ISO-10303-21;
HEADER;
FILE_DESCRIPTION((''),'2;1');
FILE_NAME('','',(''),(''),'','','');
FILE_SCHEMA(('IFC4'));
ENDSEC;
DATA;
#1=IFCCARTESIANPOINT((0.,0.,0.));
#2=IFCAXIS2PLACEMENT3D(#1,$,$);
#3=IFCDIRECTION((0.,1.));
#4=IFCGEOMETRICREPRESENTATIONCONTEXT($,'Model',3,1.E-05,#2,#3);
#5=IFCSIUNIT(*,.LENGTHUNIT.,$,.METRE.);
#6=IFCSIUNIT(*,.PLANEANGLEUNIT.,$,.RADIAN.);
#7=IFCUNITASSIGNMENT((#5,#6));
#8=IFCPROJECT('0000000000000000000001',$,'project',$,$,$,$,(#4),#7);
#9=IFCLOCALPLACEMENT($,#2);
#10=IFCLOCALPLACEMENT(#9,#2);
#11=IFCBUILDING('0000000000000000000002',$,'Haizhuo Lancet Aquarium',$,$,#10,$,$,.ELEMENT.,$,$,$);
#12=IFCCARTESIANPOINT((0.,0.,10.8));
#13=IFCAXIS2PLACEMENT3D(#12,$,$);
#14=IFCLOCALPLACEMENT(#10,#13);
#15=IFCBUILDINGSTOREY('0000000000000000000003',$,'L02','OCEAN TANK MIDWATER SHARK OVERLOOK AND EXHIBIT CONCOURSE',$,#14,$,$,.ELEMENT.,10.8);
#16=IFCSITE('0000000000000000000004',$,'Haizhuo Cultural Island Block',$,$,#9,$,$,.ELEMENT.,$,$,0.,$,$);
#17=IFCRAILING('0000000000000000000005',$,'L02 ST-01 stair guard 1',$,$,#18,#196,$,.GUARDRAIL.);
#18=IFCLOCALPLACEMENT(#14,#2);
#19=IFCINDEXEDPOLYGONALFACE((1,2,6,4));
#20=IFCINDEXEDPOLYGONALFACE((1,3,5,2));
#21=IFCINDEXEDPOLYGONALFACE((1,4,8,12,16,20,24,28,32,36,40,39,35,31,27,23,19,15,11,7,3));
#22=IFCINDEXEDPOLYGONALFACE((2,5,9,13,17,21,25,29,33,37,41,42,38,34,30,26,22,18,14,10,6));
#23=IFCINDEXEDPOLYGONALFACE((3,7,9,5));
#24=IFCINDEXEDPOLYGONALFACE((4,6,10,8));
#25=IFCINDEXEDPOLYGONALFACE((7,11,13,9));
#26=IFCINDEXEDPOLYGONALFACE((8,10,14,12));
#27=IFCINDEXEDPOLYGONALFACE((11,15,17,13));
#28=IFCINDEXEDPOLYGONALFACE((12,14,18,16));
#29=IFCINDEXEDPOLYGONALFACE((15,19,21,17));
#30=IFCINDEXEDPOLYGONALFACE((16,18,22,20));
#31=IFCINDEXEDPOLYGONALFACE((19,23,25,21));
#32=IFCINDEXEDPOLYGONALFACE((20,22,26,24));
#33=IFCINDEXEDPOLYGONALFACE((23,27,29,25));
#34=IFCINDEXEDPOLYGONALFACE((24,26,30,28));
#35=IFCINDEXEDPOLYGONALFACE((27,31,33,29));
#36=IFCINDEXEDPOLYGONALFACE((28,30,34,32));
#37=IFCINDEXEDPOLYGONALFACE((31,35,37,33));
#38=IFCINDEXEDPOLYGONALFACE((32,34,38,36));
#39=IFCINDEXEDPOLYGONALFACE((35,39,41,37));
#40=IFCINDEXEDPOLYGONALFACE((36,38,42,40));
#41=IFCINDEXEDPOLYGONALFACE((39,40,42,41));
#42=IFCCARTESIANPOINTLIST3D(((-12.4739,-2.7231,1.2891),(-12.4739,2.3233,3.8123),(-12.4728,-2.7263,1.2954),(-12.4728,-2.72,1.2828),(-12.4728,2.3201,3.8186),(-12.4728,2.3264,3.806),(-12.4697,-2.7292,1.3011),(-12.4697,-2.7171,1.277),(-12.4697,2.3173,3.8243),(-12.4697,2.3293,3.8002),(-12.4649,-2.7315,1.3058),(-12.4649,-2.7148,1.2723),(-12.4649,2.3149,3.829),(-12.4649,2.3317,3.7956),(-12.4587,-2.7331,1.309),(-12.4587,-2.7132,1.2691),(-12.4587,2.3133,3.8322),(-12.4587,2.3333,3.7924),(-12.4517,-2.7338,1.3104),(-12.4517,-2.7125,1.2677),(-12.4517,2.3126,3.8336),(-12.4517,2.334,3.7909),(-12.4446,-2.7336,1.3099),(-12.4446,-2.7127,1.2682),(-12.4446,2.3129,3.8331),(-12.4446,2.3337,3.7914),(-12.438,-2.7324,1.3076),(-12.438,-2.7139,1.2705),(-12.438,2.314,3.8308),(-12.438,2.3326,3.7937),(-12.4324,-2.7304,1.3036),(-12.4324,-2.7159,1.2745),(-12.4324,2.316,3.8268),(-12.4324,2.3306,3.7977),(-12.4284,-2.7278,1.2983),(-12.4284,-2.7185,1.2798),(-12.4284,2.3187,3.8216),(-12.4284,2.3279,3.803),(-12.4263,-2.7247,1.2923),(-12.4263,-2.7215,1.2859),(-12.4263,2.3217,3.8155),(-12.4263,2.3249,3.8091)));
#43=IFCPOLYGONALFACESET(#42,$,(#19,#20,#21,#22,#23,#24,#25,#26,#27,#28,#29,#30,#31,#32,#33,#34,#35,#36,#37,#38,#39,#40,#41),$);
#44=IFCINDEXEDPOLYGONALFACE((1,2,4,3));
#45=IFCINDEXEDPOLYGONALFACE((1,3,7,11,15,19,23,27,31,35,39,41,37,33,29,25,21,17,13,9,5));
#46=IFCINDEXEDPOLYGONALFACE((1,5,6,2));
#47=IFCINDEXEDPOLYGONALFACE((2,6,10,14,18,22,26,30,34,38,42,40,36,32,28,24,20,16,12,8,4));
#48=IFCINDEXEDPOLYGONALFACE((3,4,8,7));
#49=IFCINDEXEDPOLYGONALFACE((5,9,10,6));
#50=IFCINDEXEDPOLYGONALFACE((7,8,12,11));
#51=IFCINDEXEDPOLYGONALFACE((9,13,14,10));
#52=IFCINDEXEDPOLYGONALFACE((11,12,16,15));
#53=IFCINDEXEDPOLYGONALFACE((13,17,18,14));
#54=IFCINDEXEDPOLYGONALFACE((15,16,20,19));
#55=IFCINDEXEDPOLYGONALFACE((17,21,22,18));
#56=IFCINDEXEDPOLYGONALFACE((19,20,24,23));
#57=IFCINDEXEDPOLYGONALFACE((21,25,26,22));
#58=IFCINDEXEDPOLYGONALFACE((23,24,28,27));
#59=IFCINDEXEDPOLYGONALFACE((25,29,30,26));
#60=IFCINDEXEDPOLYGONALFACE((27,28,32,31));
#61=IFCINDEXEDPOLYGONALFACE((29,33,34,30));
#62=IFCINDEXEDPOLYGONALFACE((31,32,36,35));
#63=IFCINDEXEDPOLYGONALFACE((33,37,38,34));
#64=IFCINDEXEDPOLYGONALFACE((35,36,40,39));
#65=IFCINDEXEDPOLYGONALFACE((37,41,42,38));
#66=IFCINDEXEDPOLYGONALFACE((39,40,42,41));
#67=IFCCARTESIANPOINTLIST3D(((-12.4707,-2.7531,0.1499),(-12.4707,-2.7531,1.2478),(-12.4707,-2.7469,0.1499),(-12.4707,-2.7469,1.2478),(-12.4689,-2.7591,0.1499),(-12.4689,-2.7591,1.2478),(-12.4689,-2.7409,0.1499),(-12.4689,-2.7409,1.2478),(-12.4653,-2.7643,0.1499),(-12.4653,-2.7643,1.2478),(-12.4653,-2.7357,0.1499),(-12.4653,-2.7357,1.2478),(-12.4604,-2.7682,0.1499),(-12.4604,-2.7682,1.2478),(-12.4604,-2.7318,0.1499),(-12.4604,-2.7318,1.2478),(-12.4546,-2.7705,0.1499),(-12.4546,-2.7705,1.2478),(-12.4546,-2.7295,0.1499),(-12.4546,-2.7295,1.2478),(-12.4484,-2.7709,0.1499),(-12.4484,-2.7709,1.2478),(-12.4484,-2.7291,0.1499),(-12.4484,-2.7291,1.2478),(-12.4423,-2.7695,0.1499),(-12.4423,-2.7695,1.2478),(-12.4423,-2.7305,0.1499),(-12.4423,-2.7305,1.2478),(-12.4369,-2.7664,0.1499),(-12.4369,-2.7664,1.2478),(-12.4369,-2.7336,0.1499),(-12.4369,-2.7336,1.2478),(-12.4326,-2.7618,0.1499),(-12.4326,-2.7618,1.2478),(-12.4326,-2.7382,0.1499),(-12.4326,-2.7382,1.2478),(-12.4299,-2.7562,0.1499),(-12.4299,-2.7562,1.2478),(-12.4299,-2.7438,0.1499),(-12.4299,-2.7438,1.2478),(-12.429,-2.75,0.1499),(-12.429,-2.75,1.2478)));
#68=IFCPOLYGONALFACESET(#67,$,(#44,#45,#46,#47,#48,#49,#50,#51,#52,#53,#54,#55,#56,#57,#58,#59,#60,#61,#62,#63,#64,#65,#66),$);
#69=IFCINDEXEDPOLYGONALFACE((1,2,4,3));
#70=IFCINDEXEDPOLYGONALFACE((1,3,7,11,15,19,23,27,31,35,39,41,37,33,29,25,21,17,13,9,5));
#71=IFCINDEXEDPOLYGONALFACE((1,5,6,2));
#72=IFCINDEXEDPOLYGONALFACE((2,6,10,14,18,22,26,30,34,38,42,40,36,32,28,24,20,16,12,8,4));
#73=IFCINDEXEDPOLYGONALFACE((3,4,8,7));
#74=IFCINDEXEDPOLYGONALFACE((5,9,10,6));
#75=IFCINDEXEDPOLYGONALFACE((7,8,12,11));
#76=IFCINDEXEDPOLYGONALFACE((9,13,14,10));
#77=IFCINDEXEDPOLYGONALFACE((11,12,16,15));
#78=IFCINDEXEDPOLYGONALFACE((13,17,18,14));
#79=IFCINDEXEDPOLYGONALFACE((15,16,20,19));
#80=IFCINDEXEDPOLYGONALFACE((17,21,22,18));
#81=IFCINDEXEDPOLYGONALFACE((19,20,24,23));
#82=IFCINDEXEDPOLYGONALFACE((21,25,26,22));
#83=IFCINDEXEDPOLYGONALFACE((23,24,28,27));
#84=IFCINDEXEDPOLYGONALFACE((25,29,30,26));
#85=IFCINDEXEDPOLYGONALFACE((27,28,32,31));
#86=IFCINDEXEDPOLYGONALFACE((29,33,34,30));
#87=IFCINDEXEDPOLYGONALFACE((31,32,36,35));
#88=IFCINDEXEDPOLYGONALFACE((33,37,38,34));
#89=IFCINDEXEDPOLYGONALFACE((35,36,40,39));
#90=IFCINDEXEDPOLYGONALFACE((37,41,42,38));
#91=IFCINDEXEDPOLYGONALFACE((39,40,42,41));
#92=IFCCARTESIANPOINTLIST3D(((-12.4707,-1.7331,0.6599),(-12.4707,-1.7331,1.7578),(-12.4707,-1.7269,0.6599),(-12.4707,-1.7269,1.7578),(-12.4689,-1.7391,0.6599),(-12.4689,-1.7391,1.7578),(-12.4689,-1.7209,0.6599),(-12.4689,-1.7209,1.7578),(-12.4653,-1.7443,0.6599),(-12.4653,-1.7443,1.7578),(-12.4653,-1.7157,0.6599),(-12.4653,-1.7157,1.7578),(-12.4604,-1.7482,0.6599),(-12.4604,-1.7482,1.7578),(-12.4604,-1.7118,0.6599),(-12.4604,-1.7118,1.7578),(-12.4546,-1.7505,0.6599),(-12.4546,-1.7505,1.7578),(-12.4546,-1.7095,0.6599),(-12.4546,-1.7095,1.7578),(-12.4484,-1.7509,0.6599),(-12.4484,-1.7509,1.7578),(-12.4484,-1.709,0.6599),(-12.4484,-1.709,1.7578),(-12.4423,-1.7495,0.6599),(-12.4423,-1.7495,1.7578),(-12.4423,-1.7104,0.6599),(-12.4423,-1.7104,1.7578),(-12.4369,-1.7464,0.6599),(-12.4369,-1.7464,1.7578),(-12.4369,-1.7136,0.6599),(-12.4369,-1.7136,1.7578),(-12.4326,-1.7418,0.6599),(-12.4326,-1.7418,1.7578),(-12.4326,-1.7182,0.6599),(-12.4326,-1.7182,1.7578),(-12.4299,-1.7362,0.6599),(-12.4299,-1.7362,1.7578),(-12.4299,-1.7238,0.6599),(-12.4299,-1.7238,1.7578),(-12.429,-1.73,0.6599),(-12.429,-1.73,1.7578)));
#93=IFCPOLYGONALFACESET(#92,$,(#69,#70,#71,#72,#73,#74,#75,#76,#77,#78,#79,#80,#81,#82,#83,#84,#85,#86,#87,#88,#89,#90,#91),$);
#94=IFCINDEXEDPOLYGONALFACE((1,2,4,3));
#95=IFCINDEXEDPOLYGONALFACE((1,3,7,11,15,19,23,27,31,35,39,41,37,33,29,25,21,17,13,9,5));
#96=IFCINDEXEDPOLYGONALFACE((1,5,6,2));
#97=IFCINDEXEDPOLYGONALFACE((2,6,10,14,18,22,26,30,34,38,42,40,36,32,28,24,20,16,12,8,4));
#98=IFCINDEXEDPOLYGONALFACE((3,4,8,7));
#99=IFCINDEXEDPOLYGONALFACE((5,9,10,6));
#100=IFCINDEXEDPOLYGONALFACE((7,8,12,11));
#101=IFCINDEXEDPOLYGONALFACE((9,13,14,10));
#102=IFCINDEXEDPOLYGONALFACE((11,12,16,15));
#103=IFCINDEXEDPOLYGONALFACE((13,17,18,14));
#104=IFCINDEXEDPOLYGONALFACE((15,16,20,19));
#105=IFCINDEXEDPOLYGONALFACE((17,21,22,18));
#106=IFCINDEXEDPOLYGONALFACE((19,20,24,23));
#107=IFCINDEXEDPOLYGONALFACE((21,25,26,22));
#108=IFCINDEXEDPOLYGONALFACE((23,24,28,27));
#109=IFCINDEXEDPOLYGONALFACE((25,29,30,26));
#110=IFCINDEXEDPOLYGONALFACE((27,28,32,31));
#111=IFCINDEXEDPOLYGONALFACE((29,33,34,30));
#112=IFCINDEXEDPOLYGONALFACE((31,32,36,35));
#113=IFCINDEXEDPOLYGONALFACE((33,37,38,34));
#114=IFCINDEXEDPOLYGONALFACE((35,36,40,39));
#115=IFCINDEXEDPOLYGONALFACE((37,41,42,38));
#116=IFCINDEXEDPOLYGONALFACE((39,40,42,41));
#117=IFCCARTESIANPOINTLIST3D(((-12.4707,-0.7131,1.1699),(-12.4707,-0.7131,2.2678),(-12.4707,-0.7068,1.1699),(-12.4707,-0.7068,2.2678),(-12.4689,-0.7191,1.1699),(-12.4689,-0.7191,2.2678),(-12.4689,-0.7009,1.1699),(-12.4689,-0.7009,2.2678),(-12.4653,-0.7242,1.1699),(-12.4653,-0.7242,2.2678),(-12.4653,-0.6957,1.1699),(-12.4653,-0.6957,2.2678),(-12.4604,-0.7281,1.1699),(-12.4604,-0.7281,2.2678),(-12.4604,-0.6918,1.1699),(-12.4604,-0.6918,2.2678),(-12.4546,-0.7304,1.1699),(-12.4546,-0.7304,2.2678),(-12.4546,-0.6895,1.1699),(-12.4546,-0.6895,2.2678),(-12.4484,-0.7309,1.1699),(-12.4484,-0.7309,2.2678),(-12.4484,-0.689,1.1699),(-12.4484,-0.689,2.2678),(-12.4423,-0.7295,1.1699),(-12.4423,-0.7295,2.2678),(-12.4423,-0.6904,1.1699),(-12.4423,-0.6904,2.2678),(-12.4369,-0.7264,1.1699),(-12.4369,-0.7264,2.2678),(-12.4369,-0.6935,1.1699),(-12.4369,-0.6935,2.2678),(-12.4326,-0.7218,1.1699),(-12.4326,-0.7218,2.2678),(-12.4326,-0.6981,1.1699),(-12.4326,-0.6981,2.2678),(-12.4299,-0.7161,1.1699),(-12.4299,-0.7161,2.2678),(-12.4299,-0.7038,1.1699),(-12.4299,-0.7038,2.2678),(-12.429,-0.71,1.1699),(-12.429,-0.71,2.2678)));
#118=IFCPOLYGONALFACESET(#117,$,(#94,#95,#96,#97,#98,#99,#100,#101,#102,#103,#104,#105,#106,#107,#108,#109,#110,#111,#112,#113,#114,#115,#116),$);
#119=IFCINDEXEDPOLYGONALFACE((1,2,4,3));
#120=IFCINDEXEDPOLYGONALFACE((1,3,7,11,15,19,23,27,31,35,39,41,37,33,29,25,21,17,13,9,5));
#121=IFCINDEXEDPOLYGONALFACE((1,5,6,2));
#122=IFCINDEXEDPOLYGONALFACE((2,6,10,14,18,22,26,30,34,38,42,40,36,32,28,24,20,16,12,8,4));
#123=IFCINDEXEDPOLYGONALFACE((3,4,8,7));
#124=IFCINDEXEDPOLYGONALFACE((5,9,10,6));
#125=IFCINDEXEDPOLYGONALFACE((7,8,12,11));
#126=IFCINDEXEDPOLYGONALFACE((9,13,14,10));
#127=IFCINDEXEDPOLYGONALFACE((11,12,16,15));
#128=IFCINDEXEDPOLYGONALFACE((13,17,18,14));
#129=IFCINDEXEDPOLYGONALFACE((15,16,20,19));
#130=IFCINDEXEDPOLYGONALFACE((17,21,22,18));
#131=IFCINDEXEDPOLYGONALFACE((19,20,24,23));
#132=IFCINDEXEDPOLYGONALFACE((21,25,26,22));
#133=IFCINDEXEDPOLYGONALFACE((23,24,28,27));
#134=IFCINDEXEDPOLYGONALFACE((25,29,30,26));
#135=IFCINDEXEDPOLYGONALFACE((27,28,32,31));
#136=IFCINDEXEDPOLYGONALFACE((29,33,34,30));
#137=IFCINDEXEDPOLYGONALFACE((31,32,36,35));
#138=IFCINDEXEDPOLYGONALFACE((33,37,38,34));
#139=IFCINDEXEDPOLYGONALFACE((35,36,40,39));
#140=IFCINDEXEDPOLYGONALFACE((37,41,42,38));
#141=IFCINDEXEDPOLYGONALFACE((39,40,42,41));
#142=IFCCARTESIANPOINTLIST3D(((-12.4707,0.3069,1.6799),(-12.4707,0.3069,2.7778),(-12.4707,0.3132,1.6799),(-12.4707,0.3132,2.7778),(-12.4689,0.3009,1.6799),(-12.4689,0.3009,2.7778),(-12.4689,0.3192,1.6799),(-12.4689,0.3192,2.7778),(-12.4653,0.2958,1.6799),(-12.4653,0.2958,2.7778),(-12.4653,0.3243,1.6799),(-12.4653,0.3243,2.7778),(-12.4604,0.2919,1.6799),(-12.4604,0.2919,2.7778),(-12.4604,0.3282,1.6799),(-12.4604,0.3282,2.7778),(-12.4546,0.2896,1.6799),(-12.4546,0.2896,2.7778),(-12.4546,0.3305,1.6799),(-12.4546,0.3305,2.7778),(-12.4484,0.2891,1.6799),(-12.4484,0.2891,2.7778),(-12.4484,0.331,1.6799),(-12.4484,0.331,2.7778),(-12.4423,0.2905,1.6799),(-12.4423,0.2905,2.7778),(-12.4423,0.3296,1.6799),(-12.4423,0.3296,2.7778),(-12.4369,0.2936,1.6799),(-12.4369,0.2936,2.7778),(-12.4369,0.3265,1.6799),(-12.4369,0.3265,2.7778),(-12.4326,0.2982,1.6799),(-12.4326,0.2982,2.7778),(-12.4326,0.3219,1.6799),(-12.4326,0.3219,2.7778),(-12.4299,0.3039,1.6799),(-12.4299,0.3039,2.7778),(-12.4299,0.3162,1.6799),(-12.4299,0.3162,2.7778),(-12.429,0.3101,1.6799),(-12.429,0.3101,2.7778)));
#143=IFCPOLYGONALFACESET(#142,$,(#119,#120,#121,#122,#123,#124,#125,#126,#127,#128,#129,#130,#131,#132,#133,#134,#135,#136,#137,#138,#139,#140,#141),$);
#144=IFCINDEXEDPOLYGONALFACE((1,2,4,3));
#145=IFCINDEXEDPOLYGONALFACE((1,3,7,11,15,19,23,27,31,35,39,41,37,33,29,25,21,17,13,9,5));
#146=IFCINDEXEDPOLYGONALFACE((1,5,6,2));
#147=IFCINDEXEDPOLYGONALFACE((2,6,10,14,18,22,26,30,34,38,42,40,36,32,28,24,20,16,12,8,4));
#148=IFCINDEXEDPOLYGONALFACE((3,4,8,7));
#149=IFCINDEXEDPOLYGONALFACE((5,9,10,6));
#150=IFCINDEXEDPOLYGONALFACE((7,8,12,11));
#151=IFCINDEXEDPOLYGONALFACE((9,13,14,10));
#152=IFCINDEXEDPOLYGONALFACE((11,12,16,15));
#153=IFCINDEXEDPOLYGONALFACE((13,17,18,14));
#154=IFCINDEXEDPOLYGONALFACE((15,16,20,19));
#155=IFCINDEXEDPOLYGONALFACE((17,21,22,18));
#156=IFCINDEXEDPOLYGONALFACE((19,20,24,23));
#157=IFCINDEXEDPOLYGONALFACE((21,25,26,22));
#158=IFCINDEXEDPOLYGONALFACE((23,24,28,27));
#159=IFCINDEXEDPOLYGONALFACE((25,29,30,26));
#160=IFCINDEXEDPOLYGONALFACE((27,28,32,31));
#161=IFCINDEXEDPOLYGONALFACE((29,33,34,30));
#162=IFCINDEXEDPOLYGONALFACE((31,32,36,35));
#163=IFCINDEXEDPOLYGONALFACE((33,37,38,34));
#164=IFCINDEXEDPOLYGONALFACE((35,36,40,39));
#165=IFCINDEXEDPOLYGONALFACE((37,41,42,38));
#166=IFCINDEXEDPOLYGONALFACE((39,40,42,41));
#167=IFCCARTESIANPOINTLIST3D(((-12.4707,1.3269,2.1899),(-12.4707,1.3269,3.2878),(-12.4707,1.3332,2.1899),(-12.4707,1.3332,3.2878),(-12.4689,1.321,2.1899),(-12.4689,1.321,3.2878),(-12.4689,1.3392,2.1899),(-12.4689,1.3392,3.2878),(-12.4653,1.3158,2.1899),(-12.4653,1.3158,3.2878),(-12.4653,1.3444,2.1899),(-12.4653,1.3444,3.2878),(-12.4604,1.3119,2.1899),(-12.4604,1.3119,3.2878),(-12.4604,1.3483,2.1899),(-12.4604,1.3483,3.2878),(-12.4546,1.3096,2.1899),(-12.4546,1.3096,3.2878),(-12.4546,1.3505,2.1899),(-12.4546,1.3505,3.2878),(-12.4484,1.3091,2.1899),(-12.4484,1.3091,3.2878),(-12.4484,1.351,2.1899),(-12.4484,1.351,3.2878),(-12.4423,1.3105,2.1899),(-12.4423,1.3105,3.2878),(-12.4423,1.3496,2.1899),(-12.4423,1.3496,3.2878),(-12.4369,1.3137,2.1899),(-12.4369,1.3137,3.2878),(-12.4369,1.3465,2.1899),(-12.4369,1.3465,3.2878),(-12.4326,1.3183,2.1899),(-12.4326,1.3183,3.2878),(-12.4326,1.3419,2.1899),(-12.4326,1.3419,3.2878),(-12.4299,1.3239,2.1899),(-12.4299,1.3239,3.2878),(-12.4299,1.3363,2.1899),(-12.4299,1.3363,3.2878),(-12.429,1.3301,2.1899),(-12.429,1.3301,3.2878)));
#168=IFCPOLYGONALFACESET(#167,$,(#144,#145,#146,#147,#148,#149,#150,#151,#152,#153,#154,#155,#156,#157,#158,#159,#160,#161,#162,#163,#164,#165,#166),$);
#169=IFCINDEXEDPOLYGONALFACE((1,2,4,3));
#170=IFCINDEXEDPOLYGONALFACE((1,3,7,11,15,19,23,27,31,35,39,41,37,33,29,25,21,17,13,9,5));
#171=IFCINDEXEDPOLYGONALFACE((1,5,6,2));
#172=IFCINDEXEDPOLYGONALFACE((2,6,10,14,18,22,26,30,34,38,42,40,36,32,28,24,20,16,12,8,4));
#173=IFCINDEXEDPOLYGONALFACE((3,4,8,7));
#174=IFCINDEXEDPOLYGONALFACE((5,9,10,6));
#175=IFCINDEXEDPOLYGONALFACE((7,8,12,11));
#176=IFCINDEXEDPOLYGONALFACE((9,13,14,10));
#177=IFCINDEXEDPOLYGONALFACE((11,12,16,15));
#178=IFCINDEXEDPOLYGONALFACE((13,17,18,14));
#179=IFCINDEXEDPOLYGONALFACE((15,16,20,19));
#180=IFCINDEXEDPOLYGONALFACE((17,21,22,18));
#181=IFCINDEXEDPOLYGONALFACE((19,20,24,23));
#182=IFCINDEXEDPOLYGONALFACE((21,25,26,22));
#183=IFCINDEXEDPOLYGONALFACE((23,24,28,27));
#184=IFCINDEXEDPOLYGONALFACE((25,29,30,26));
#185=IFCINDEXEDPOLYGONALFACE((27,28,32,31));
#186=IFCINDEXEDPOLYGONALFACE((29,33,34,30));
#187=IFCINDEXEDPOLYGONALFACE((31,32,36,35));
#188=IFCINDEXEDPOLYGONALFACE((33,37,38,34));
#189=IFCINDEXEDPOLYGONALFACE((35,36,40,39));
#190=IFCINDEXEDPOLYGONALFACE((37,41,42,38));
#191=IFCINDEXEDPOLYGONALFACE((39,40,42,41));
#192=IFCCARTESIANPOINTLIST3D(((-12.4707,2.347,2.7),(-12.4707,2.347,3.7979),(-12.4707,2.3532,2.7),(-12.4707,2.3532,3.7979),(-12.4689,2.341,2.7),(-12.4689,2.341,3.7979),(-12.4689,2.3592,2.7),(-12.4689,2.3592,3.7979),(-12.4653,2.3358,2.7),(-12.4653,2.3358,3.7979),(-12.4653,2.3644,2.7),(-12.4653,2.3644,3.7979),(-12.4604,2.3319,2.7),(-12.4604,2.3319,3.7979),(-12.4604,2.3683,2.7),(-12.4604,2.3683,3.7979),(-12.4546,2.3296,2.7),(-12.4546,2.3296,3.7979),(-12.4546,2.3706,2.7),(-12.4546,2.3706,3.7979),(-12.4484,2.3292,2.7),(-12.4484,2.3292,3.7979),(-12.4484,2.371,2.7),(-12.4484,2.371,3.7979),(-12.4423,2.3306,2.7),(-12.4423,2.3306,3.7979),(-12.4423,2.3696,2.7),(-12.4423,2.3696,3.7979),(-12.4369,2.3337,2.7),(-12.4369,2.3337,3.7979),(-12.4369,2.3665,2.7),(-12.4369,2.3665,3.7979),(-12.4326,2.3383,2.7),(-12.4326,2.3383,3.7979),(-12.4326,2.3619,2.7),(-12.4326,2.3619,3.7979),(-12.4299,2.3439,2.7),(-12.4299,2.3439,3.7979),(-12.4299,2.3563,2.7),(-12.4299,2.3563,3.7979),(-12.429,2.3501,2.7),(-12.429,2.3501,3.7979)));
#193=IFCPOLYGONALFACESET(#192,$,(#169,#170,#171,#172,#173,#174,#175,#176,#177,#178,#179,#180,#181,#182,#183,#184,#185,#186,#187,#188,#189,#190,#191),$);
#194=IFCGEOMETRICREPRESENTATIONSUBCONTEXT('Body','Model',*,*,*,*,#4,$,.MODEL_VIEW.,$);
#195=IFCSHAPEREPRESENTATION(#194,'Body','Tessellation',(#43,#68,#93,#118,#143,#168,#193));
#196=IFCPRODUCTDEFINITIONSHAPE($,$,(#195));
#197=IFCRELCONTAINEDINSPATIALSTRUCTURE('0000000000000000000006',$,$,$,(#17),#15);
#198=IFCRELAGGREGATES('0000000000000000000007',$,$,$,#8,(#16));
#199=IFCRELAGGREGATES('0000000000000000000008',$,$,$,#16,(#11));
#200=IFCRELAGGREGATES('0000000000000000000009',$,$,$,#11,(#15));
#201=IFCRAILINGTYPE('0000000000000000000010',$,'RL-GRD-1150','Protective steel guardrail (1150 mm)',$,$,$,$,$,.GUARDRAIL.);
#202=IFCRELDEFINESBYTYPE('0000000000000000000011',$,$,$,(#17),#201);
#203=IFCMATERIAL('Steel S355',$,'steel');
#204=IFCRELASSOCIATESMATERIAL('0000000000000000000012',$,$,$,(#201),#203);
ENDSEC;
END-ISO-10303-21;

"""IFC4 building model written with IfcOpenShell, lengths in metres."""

from ifc_helpers import new_model, si_unit, direction, frame, origin, origin_2d, place, context, subcontext, project, spatial, circle, extrude, material, type_object, element, save


model = new_model("IFC4")

# Units and contexts
model_context = context("Model", 3, precision=1e-05, world=origin(), true_north=direction((0.0, 1.0)))
body_context = subcontext(model_context, "Body", "Model", "MODEL_VIEW")
ifc_project = project(units=[si_unit("LENGTHUNIT", "METRE"), si_unit("PLANEANGLEUNIT", "RADIAN")], contexts=[model_context])

# Site, building, storey
site_placement = place(None, origin())
site = spatial("IfcSite", under=ifc_project, at=site_placement, Name="Haizhuo Cultural Island Block", CompositionType="ELEMENT", RefElevation=0.0)
building_placement = place(site_placement, origin())
building = spatial("IfcBuilding", under=site, at=building_placement, Name="Haizhuo Lancet Aquarium", CompositionType="ELEMENT")
storey_placement = place(building_placement, frame((0.0, 0.0, 10.8)))
storey = spatial("IfcBuildingStorey", under=building, at=storey_placement, Name="L02", Description="OCEAN TANK MIDWATER SHARK OVERLOOK AND EXHIBIT CONCOURSE", CompositionType="ELEMENT", Elevation=10.8)

# Shared definitions
ifc_material_1 = material(Name="Steel S355", Category="steel")

# Railing
railing_type_1 = type_object("IfcRailingType", Name="RL-GRD-1150", Description="Protective steel guardrail (1150 mm)", PredefinedType="GUARDRAIL", material=ifc_material_1)
railing_1_placement = place(storey_placement, frame((-12.45, -2.75, 0.1499)))
element("IfcRailing", 1, at=railing_1_placement, inside=storey, type_object=railing_type_1, Name="L02 ST-01 stair guard 1", PredefinedType="GUARDRAIL", context=body_context, shape_type="SweptSolid", body=[
    extrude(circle(Radius=0.0239, at=origin_2d()), frame((0.0, 0.0269, 1.1392), z_axis=(0.0, 0.894427, 0.447214), x_axis=(-1.0, 0.0, 0.0)), (0.0, 0.0, 1.0), 5.6421),
    extrude(circle(Radius=0.021, at=origin_2d()), origin(), (0.0, 0.0, 1.0), 1.0979),
    extrude(circle(Radius=0.021, at=origin_2d()), frame((0.0, 1.02, 0.51)), (0.0, 0.0, 1.0), 1.0979),
    extrude(circle(Radius=0.021, at=origin_2d()), frame((0.0, 2.04, 1.02)), (0.0, 0.0, 1.0), 1.0979),
    extrude(circle(Radius=0.021, at=origin_2d()), frame((0.0, 3.0601, 1.53)), (0.0, 0.0, 1.0), 1.0979),
    extrude(circle(Radius=0.021, at=origin_2d()), frame((0.0, 4.0801, 2.04)), (0.0, 0.0, 1.0), 1.0979),
    extrude(circle(Radius=0.021, at=origin_2d()), frame((0.0, 5.1001, 2.55)), (0.0, 0.0, 1.0), 1.0979),
])

save(model, "model.ifc")
